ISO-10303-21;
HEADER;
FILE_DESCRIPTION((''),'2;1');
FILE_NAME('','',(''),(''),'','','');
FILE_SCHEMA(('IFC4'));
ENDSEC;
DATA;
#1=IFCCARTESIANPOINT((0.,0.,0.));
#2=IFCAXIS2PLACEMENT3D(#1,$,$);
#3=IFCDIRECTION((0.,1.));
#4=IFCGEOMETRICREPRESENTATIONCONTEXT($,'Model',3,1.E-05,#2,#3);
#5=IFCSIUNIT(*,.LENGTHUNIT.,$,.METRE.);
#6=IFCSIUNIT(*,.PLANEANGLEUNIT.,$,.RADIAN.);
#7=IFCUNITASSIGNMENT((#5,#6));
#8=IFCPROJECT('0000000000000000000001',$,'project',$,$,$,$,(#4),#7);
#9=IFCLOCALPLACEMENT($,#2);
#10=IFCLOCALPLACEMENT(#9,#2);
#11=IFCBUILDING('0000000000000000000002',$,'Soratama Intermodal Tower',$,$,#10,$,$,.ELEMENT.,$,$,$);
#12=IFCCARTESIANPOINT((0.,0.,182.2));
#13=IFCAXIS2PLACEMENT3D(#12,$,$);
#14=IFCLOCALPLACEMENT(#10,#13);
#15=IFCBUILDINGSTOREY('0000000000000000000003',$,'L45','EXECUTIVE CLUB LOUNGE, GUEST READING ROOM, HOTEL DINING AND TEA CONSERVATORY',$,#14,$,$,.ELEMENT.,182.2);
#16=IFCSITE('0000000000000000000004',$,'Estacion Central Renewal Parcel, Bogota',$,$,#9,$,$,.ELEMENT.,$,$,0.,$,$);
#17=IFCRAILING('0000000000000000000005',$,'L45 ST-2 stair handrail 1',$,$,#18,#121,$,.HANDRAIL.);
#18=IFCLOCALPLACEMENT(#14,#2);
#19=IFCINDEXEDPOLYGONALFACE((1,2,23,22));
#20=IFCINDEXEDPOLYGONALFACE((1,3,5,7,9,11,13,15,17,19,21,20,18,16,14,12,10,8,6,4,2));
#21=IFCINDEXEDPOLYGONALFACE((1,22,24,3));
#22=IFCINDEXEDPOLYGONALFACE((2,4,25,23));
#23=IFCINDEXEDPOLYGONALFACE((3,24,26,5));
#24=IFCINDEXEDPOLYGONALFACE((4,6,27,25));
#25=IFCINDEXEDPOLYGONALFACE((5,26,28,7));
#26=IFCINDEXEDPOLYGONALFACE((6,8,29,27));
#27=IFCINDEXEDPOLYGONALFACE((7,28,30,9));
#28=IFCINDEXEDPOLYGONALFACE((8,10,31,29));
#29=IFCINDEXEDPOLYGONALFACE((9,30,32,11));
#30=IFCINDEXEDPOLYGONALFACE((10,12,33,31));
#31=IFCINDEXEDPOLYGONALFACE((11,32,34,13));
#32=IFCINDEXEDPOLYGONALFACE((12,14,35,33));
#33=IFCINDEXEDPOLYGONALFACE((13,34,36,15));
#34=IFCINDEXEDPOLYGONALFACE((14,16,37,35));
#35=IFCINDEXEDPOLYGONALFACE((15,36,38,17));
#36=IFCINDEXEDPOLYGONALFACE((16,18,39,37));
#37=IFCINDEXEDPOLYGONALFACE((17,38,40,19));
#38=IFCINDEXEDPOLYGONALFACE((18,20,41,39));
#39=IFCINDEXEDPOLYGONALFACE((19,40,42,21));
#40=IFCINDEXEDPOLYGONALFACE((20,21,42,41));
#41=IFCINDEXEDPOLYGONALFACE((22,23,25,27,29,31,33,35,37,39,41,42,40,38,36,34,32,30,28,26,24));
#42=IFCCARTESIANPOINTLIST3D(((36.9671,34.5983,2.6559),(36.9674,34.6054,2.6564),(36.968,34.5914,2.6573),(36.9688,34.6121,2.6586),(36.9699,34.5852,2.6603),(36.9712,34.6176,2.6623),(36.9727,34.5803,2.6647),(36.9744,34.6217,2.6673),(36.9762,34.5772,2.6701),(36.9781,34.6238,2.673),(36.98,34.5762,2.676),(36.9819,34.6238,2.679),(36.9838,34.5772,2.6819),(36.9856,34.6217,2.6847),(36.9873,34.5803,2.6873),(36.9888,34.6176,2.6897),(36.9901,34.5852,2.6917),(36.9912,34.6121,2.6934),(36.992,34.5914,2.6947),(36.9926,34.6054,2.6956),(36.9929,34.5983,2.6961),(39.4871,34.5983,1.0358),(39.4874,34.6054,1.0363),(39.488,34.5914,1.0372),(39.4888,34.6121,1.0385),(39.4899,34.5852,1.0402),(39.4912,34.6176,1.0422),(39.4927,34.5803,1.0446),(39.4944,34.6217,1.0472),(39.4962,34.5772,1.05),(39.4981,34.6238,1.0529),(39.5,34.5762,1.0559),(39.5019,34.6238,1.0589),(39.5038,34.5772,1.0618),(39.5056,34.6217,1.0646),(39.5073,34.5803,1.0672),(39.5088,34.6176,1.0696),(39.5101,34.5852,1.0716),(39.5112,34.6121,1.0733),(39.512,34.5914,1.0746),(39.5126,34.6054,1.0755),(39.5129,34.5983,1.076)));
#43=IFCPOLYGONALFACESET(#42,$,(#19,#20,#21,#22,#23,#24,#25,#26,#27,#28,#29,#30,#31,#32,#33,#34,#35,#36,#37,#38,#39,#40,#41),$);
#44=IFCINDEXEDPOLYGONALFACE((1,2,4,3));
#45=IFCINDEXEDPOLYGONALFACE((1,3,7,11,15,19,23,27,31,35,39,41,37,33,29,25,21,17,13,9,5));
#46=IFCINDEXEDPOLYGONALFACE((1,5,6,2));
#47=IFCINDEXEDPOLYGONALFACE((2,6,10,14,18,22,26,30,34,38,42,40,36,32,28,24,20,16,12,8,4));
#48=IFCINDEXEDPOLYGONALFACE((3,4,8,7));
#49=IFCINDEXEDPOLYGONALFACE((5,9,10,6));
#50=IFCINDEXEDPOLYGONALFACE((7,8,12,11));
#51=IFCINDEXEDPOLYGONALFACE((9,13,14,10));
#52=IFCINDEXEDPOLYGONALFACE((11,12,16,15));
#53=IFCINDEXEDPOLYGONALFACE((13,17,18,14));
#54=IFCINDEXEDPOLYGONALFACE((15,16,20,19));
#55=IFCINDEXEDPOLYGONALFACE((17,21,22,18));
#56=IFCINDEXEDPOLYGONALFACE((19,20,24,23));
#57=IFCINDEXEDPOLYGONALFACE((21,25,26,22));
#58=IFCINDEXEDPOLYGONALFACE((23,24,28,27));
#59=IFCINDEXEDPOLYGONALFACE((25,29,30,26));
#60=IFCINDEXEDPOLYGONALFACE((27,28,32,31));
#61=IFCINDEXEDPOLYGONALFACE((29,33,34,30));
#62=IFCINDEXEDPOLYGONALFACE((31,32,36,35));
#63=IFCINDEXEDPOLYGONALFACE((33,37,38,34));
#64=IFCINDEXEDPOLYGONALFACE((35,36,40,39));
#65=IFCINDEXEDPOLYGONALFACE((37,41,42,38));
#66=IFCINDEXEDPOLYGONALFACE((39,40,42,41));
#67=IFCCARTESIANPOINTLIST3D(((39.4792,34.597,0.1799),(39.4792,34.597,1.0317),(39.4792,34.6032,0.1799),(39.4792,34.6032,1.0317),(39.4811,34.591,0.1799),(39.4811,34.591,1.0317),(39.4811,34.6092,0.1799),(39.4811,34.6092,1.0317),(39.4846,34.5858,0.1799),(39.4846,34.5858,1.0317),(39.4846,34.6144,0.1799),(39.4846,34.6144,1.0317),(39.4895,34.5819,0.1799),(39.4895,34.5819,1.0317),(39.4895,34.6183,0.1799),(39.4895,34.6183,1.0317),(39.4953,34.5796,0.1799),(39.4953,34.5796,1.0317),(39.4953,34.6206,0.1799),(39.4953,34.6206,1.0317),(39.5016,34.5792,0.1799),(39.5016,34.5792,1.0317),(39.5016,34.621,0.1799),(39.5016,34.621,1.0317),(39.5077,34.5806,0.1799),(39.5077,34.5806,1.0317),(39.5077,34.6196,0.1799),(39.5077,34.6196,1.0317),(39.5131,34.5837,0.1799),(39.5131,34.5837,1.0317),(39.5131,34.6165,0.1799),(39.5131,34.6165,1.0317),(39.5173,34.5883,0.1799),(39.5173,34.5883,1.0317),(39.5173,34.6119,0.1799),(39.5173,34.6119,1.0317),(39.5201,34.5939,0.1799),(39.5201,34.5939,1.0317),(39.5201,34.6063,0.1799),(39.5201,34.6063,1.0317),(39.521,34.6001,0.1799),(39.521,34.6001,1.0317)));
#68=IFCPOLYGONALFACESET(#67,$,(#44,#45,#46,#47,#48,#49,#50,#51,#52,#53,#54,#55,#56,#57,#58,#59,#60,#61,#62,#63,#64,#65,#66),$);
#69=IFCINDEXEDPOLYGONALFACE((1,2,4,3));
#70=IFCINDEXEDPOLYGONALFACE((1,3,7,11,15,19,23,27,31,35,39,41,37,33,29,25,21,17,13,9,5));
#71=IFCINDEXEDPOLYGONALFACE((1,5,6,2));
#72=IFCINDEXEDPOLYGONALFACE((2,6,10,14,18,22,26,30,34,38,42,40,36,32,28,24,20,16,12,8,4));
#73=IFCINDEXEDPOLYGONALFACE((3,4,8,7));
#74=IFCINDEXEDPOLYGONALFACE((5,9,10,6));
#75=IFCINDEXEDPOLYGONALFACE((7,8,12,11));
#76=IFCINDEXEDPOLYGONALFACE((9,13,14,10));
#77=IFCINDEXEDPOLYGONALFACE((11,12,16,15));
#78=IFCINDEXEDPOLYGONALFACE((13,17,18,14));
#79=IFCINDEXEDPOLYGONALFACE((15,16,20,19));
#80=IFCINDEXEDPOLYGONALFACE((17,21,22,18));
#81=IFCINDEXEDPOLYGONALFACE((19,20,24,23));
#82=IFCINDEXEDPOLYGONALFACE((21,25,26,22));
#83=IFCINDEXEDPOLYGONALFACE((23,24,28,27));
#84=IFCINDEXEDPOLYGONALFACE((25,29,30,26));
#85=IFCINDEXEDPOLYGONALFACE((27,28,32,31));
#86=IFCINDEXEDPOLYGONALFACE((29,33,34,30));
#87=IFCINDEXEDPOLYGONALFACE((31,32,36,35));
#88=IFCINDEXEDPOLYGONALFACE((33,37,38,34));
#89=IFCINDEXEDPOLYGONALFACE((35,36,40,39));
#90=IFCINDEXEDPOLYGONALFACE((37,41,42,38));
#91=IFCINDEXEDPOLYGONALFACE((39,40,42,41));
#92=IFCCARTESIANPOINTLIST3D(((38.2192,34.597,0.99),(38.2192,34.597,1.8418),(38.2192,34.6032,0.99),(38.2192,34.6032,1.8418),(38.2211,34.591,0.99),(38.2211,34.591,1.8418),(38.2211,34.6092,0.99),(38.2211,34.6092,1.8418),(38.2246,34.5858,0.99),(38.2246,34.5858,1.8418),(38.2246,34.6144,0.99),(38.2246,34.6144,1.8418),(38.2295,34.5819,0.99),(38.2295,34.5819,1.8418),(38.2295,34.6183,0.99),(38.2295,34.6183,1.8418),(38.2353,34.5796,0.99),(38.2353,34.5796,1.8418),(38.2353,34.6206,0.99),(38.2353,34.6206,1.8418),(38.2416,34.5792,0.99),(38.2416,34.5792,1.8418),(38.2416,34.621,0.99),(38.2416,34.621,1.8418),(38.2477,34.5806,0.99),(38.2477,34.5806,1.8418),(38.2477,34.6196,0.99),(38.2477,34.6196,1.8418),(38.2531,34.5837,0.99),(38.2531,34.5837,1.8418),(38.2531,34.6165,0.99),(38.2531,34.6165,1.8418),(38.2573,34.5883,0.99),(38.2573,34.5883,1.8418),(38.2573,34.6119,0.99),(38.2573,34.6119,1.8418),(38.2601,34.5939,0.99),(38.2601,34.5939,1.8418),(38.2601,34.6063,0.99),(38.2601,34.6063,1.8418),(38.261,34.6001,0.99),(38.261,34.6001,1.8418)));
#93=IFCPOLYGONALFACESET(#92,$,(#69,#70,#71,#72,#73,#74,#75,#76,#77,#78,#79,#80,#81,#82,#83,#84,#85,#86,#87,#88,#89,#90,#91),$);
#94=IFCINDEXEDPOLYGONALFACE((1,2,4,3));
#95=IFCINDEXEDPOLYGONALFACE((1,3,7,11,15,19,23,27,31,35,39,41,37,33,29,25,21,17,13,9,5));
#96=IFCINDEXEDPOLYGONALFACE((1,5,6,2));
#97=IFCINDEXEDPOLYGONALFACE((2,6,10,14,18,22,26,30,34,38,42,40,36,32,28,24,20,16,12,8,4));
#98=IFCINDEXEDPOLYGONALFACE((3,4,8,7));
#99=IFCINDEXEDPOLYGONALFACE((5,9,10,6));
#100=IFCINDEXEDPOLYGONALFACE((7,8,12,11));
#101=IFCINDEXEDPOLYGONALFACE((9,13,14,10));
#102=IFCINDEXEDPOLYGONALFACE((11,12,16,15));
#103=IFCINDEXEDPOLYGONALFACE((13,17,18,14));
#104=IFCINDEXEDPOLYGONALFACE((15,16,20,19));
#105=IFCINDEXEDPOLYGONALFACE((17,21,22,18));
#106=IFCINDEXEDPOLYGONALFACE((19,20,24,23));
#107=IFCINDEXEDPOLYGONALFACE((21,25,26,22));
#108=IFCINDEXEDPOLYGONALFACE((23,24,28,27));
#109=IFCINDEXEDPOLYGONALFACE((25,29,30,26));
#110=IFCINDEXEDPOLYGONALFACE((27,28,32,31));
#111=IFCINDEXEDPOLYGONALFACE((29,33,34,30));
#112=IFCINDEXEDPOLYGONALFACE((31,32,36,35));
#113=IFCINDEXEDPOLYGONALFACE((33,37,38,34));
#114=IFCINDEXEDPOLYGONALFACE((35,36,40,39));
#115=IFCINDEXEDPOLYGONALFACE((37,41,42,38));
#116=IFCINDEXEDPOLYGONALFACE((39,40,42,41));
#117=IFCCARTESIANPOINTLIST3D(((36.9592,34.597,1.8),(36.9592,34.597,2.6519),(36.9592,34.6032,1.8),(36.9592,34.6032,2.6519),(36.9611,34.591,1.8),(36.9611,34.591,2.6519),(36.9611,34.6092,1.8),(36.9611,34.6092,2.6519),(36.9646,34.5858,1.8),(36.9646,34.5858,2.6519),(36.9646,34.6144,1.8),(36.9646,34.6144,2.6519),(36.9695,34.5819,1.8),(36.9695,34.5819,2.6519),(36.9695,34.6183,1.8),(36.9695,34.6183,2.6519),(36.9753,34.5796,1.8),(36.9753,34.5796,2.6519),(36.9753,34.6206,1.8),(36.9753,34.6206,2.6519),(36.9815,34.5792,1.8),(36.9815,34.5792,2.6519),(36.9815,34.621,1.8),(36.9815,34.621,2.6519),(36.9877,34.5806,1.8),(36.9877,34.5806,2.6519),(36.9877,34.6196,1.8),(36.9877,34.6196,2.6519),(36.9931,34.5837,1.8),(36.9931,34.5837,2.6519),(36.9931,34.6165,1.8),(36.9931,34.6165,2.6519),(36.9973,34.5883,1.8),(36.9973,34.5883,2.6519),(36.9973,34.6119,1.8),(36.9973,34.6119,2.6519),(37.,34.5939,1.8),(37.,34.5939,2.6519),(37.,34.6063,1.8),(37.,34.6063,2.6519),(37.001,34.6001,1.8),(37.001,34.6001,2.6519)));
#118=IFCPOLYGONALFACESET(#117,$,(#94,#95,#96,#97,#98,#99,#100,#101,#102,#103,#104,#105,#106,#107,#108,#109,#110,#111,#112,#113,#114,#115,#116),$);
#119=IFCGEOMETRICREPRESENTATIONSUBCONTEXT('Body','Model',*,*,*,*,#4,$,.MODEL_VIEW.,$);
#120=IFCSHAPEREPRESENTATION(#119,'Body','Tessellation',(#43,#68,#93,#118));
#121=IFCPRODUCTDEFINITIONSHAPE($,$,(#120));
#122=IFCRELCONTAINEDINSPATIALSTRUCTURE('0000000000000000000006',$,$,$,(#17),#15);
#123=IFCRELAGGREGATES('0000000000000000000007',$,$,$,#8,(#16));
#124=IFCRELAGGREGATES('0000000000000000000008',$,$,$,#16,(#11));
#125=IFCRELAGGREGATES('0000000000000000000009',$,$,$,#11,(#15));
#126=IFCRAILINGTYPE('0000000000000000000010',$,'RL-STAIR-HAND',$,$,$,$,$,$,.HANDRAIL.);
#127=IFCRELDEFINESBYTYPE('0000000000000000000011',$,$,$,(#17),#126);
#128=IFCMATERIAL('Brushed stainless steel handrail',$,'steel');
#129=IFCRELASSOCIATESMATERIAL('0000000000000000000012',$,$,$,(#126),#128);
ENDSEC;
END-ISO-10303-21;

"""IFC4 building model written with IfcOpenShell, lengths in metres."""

from ifc_helpers import new_model, si_unit, direction, frame, origin, origin_2d, place, context, subcontext, project, spatial, circle, extrude, material, type_object, element, save


model = new_model("IFC4")

# Units and contexts
model_context = context("Model", 3, precision=1e-05, world=origin(), true_north=direction((0.0, 1.0)))
body_context = subcontext(model_context, "Body", "Model", "MODEL_VIEW")
ifc_project = project(units=[si_unit("LENGTHUNIT", "METRE"), si_unit("PLANEANGLEUNIT", "RADIAN")], contexts=[model_context])

# Site, building, storey
site_placement = place(None, origin())
site = spatial("IfcSite", under=ifc_project, at=site_placement, Name="Estacion Central Renewal Parcel, Bogota", CompositionType="ELEMENT", RefElevation=0.0)
building_placement = place(site_placement, origin())
building = spatial("IfcBuilding", under=site, at=building_placement, Name="Soratama Intermodal Tower", CompositionType="ELEMENT")
storey_placement = place(building_placement, frame((0.0, 0.0, 182.2)))
storey = spatial("IfcBuildingStorey", under=building, at=storey_placement, Name="L45", Description="EXECUTIVE CLUB LOUNGE, GUEST READING ROOM, HOTEL DINING AND TEA CONSERVATORY", CompositionType="ELEMENT", Elevation=182.2)

# Railing
ifc_material_1 = material(Name="Brushed stainless steel handrail", Category="steel")
railing_type_1 = type_object("IfcRailingType", Name="RL-STAIR-HAND", PredefinedType="HANDRAIL", material=ifc_material_1)
railing_1_placement = place(storey_placement, frame((39.5, 34.6001, 0.1799)))
element("IfcRailing", 1, at=railing_1_placement, inside=storey, type_object=railing_type_1, Name="L45 ST-2 stair handrail 1", PredefinedType="HANDRAIL", context=body_context, shape_type="SweptSolid", body=[
    extrude(circle(Radius=0.0239, at=origin_2d()), frame((0.0, 0.0, 0.876), z_axis=(-0.841163, 0.0, 0.540782), x_axis=(0.0, -1.0, 0.0)), (0.0, 0.0, 1.0), 2.9958),
    extrude(circle(Radius=0.021, at=origin_2d()), origin(), (0.0, 0.0, 1.0), 0.8518),
    extrude(circle(Radius=0.021, at=origin_2d()), frame((-1.26, 0.0, 0.8101)), (0.0, 0.0, 1.0), 0.8518),
    extrude(circle(Radius=0.021, at=origin_2d()), frame((-2.52, 0.0, 1.6201)), (0.0, 0.0, 1.0), 0.8518),
])

save(model, "model.ifc")
